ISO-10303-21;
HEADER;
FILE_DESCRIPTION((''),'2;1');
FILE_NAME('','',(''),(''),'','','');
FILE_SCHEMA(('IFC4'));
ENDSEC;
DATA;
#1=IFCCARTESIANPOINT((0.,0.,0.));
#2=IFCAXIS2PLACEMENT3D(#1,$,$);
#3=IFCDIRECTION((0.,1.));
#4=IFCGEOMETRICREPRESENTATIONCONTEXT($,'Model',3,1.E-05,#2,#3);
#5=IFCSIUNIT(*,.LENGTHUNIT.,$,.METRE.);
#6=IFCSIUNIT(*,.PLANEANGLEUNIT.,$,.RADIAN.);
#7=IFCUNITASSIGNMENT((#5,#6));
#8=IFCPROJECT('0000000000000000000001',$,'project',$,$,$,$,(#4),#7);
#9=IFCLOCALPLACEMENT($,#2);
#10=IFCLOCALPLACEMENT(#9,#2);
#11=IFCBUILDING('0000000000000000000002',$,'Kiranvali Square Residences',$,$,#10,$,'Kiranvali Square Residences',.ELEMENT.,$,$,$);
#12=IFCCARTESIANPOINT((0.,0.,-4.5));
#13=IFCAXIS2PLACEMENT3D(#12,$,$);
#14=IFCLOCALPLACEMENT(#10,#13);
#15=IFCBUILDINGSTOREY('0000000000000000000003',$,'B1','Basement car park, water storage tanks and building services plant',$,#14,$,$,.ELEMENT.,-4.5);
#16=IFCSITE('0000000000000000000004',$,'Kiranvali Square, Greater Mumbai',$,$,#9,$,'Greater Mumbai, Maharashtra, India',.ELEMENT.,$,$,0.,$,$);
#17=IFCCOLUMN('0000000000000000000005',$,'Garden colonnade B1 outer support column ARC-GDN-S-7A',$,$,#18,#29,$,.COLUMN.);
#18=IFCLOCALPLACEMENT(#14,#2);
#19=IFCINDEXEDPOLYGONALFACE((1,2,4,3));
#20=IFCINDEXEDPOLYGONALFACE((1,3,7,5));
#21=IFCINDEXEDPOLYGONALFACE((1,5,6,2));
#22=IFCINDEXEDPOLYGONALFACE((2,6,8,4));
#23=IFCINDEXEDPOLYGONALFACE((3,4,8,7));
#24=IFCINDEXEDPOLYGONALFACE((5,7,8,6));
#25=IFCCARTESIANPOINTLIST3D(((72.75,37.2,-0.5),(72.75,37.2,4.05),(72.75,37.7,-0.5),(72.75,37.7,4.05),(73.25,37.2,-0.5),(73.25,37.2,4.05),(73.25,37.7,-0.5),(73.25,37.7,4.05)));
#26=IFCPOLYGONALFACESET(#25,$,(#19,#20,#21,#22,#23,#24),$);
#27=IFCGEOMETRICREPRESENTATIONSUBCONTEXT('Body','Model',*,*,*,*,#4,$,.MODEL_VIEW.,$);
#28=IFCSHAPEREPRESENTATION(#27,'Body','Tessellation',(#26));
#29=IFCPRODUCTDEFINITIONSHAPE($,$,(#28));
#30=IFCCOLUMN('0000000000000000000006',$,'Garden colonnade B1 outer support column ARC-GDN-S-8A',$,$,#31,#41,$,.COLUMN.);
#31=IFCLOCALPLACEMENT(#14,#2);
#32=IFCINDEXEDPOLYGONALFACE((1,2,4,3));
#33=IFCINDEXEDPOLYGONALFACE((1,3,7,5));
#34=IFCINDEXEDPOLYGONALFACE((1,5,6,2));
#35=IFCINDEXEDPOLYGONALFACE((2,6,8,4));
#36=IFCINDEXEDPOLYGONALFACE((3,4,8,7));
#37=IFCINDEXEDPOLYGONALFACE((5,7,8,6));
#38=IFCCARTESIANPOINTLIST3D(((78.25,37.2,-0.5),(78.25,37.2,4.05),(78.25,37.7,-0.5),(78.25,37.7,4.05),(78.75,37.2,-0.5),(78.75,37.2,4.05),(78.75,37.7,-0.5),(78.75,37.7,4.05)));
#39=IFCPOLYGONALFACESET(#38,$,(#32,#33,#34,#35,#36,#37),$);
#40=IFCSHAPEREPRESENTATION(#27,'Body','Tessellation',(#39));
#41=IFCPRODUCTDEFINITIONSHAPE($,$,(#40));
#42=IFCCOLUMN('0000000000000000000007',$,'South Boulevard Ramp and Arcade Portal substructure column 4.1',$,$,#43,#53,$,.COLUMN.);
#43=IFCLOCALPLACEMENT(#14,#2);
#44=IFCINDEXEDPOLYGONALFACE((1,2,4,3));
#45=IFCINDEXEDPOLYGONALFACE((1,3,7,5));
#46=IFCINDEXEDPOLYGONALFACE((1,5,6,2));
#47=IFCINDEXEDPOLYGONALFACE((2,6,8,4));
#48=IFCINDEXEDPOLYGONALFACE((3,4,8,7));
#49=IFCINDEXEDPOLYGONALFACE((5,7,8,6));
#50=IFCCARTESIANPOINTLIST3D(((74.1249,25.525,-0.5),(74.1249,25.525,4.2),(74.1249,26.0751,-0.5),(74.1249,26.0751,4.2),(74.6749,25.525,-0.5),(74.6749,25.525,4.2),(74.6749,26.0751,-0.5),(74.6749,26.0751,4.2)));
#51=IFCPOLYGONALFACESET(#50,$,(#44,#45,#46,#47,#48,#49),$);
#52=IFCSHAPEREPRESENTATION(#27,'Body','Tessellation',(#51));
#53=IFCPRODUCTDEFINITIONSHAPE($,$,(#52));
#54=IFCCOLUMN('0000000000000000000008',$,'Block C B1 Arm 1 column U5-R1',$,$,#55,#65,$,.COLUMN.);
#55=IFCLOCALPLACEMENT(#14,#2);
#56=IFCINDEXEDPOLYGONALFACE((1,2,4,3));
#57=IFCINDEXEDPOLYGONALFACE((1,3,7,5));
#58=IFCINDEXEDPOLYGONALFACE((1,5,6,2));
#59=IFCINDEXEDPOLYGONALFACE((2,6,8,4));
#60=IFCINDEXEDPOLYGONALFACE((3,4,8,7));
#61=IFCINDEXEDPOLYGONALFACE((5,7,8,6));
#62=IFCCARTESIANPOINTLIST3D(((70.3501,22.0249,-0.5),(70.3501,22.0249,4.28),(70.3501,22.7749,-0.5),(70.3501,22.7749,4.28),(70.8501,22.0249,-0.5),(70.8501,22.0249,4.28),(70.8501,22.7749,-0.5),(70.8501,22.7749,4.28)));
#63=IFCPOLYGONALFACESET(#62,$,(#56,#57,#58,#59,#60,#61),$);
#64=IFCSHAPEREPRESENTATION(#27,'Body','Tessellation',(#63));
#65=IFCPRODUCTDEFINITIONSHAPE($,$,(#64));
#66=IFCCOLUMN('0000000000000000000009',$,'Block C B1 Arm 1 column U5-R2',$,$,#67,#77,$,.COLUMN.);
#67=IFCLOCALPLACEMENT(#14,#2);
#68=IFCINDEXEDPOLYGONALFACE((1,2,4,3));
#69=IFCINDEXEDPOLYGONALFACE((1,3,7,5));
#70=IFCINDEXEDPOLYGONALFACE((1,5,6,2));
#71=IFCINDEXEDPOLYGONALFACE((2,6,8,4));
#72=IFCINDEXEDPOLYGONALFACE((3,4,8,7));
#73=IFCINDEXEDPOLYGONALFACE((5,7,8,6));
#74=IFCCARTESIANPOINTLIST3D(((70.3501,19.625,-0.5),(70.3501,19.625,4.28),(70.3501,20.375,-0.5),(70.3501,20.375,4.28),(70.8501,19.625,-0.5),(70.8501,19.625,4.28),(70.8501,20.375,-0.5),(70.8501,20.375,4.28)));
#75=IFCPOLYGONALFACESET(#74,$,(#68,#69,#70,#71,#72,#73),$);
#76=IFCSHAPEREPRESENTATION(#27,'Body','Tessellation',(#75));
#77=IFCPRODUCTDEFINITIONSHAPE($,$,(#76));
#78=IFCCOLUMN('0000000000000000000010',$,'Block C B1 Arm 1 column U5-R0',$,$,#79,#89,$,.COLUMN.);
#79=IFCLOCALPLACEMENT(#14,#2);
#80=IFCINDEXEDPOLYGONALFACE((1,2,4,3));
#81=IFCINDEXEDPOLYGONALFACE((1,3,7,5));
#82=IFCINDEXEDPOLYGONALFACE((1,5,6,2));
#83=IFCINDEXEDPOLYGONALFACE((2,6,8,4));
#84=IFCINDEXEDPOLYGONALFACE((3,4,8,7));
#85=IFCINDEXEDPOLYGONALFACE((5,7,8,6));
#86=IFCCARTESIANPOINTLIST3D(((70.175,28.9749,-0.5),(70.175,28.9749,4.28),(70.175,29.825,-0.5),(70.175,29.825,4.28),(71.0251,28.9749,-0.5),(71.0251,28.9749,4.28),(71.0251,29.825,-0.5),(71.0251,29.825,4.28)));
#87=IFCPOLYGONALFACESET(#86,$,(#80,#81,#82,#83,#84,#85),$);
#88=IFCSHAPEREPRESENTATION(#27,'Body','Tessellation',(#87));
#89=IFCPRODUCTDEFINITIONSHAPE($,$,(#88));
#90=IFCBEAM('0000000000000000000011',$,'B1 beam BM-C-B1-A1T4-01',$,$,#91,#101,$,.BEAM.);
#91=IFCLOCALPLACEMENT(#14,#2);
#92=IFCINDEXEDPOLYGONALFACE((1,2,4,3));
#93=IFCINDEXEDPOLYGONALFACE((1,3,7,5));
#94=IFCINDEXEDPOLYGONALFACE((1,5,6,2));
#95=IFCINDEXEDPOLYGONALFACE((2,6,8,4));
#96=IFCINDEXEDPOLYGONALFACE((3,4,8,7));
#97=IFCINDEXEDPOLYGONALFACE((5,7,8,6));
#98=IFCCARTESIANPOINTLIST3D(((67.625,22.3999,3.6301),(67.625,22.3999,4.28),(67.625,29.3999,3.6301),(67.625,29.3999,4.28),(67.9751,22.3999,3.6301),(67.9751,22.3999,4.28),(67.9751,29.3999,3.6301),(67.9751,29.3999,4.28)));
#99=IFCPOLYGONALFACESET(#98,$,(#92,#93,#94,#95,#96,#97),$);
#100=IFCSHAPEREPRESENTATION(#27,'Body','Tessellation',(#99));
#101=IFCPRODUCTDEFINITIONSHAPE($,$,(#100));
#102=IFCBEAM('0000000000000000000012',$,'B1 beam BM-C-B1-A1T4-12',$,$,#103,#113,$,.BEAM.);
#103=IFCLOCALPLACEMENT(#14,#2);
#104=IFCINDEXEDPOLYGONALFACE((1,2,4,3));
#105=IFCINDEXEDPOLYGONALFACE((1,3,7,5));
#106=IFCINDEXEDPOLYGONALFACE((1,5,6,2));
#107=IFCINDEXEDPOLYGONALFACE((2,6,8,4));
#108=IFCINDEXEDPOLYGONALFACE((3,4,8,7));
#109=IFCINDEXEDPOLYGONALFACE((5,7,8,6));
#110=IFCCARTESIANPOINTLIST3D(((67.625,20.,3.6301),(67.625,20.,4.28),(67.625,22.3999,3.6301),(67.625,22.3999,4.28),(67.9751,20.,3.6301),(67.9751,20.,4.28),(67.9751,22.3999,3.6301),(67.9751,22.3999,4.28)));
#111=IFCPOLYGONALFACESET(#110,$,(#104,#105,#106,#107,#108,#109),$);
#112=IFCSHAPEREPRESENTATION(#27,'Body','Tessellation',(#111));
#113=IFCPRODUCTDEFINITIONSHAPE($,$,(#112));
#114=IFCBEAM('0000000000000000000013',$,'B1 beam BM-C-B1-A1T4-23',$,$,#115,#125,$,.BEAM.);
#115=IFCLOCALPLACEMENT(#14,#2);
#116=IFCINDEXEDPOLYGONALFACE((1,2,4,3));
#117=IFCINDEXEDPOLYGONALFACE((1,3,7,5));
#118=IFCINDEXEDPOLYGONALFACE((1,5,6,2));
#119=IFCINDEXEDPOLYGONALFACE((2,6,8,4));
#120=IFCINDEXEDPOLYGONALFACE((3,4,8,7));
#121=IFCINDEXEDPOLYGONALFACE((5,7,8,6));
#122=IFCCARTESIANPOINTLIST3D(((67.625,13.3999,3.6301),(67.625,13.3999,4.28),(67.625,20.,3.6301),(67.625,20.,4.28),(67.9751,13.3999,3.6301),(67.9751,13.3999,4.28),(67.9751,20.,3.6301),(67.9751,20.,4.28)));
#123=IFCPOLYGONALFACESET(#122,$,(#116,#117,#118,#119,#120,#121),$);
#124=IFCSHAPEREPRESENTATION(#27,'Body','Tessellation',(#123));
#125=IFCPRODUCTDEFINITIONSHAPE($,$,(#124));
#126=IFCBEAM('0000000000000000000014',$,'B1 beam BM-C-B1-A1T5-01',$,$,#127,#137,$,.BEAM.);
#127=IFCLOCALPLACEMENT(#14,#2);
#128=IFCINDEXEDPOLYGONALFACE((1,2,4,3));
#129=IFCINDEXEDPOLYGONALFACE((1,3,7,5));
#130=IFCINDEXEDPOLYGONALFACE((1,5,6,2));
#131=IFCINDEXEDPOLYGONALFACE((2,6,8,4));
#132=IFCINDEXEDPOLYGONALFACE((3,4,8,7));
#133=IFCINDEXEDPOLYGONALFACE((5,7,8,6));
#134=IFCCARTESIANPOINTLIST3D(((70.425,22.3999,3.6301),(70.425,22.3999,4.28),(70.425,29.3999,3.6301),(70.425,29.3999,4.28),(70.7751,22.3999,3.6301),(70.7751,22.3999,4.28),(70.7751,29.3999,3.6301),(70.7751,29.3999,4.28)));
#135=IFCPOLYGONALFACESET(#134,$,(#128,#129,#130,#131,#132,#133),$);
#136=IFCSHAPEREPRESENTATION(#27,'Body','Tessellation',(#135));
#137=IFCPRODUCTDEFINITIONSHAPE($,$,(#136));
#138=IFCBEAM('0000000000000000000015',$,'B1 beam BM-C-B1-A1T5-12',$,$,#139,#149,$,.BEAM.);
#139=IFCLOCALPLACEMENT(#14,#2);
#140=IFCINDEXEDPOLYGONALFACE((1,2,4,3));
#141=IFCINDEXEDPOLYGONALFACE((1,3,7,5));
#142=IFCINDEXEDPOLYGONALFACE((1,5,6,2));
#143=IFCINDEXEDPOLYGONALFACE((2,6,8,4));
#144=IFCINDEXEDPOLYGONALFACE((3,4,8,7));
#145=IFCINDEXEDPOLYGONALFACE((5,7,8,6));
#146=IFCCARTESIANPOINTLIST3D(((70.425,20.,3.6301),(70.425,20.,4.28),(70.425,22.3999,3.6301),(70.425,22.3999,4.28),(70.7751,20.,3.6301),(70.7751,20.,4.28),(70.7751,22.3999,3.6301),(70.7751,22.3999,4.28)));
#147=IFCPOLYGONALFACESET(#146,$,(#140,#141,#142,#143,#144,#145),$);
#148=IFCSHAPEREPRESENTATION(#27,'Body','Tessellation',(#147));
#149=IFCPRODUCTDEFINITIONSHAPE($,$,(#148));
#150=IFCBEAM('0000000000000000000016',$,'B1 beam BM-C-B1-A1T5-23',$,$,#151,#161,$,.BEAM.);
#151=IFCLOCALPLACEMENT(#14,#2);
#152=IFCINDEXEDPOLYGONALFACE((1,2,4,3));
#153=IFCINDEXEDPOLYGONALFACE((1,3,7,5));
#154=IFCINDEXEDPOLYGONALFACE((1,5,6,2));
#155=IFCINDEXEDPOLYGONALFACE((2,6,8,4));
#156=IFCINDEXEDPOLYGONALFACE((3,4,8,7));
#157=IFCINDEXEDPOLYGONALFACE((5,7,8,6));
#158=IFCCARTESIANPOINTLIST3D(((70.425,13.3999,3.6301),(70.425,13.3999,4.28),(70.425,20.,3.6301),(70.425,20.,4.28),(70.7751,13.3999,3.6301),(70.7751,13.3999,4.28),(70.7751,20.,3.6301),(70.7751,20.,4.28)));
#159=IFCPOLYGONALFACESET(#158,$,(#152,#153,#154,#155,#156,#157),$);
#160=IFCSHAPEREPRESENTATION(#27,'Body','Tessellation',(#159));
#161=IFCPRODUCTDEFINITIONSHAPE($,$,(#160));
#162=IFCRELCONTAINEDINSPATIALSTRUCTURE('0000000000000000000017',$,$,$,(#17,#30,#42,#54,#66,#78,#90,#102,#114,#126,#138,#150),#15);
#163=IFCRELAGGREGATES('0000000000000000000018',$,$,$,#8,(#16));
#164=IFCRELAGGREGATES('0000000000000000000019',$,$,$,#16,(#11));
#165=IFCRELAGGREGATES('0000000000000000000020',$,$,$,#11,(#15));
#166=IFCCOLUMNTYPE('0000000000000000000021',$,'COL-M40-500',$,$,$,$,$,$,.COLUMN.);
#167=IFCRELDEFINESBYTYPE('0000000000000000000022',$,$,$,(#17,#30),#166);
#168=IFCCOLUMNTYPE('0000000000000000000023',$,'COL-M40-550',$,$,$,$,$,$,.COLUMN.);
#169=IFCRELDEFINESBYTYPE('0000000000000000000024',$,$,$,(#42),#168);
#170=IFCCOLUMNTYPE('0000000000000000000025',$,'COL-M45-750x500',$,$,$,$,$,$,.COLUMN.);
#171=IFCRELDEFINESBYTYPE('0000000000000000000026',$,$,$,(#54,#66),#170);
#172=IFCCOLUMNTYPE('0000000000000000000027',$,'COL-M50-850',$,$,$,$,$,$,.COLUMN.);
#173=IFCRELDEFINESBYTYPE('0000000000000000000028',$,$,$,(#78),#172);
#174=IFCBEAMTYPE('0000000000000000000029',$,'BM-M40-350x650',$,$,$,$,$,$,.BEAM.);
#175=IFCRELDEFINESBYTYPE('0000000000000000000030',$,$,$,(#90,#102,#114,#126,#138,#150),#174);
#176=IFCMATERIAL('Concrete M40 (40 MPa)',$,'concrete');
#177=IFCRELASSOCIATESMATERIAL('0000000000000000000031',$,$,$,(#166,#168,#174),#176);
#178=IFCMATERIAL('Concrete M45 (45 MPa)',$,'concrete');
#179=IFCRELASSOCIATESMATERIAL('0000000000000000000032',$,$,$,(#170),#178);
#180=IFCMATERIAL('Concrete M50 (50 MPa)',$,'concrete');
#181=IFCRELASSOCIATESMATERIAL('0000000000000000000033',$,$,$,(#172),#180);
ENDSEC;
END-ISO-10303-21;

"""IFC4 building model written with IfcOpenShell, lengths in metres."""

from ifc_helpers import new_model, si_unit, direction, frame, origin, origin_2d, place, context, subcontext, project, spatial, rectangle, extrude, material, material_profile, profile_set, type_object, element, save


model = new_model("IFC4")

# Units and contexts
model_context = context("Model", 3, precision=1e-05, world=origin(), true_north=direction((0.0, 1.0)))
body_context = subcontext(model_context, "Body", "Model", "MODEL_VIEW")
ifc_project = project(units=[si_unit("LENGTHUNIT", "METRE"), si_unit("PLANEANGLEUNIT", "RADIAN")], contexts=[model_context])

# Site, building, storey
site_placement = place(None, origin())
site = spatial("IfcSite", under=ifc_project, at=site_placement, Name="Kiranvali Square, Greater Mumbai", LongName="Greater Mumbai, Maharashtra, India", CompositionType="ELEMENT", RefElevation=0.0)
building_placement = place(site_placement, origin())
building = spatial("IfcBuilding", under=site, at=building_placement, Name="Kiranvali Square Residences", LongName="Kiranvali Square Residences", CompositionType="ELEMENT")
storey_placement = place(building_placement, frame((0.0, 0.0, -4.5)))
storey = spatial("IfcBuildingStorey", under=building, at=storey_placement, Name="B1", Description="Basement car park, water storage tanks and building services plant", CompositionType="ELEMENT", Elevation=-4.5)

# Shared definitions
ifc_material_1 = material(Name="Concrete M40 (40 MPa)", Category="concrete")

# Columns
ifc_material_profile_1 = material_profile(ifc_material_1, rectangle(XDim=0.5, YDim=0.5, at=origin_2d()), Name="RC 500x500")
ifc_profile_set_1 = profile_set([ifc_material_profile_1], Name="Concrete M40 (40 MPa)")
column_type_1 = type_object("IfcColumnType", Name="COL-M40-500", PredefinedType="COLUMN", material=ifc_profile_set_1)
for number, where, z_axis, x_axis, name in (
    (1, (73.0, 37.45, -0.5), (0.0, 0.0, 1.0), (1.0, 0.0, 0.0), "Garden colonnade B1 outer support column ARC-GDN-S-7A"),
    (2, (78.5, 37.45, -0.5), (0.0, 0.0, 1.0), (1.0, 0.0, 0.0), "Garden colonnade B1 outer support column ARC-GDN-S-8A"),
):
    element("IfcColumn", number, at=place(storey_placement, frame(where, z_axis=z_axis, x_axis=x_axis)), inside=storey, type_object=column_type_1, Name=name, PredefinedType="COLUMN", context=body_context, shape_type="SweptSolid", body=[
        extrude(rectangle(XDim=0.5, YDim=0.5, at=origin_2d()), origin(), (0.0, 0.0, 1.0), 4.55),
    ])
ifc_material_profile_2 = material_profile(ifc_material_1, rectangle(XDim=0.55, YDim=0.55, at=origin_2d()), Name="RC 550x550")
ifc_profile_set_2 = profile_set([ifc_material_profile_2], Name="Concrete M40 (40 MPa)")
column_type_2 = type_object("IfcColumnType", Name="COL-M40-550", PredefinedType="COLUMN", material=ifc_profile_set_2)
column_1_placement = place(storey_placement, frame((74.3999, 25.8, -0.5), z_axis=(0.0, 0.0, 1.0), x_axis=(1.0, 0.0, 0.0)))
element("IfcColumn", 3, at=column_1_placement, inside=storey, type_object=column_type_2, Name="South Boulevard Ramp and Arcade Portal substructure column 4.1", PredefinedType="COLUMN", context=body_context, shape_type="SweptSolid", body=[
    extrude(rectangle(XDim=0.55, YDim=0.55, at=origin_2d()), origin(), (0.0, 0.0, 1.0), 4.7),
])
ifc_material_2 = material(Name="Concrete M45 (45 MPa)", Category="concrete")
ifc_material_profile_3 = material_profile(ifc_material_2, rectangle(XDim=0.5, YDim=0.75, at=origin_2d()), Name="RC 750x500")
ifc_profile_set_3 = profile_set([ifc_material_profile_3], Name="Concrete M45 (45 MPa)")
column_type_3 = type_object("IfcColumnType", Name="COL-M45-750x500", PredefinedType="COLUMN", material=ifc_profile_set_3)
for number, where, z_axis, x_axis, name in (
    (4, (70.6001, 22.3999, -0.5), (0.0, 0.0, 1.0), (1.0, 0.0, 0.0), "Block C B1 Arm 1 column U5-R1"),
    (5, (70.6001, 20.0, -0.5), (0.0, 0.0, 1.0), (1.0, 0.0, 0.0), "Block C B1 Arm 1 column U5-R2"),
):
    element("IfcColumn", number, at=place(storey_placement, frame(where, z_axis=z_axis, x_axis=x_axis)), inside=storey, type_object=column_type_3, Name=name, PredefinedType="COLUMN", context=body_context, shape_type="SweptSolid", body=[
        extrude(rectangle(XDim=0.5, YDim=0.75, at=origin_2d()), origin(), (0.0, 0.0, 1.0), 4.78),
    ])
ifc_material_3 = material(Name="Concrete M50 (50 MPa)", Category="concrete")
ifc_material_profile_4 = material_profile(ifc_material_3, rectangle(XDim=0.8501, YDim=0.8501, at=origin_2d()), Name="RC 850x850")
ifc_profile_set_4 = profile_set([ifc_material_profile_4], Name="Concrete M50 (50 MPa)")
column_type_4 = type_object("IfcColumnType", Name="COL-M50-850", PredefinedType="COLUMN", material=ifc_profile_set_4)
column_2_placement = place(storey_placement, frame((70.6001, 29.3999, -0.5), z_axis=(0.0, 0.0, 1.0), x_axis=(1.0, 0.0, 0.0)))
element("IfcColumn", 6, at=column_2_placement, inside=storey, type_object=column_type_4, Name="Block C B1 Arm 1 column U5-R0", PredefinedType="COLUMN", context=body_context, shape_type="SweptSolid", body=[
    extrude(rectangle(XDim=0.8501, YDim=0.8501, at=origin_2d()), origin(), (0.0, 0.0, 1.0), 4.78),
])

# Beams
ifc_material_profile_5 = material_profile(ifc_material_1, rectangle(XDim=0.3501, YDim=0.6499, at=origin_2d()), Name="RC 350x650")
ifc_profile_set_5 = profile_set([ifc_material_profile_5], Name="Concrete M40 (40 MPa)")
beam_type = type_object("IfcBeamType", Name="BM-M40-350x650", PredefinedType="BEAM", material=ifc_profile_set_5)
beam_1_placement = place(storey_placement, frame((67.8, 29.3999, 3.9551), z_axis=(0.0, -1.0, 0.0), x_axis=(1.0, 0.0, 0.0)))
element("IfcBeam", 7, at=beam_1_placement, inside=storey, type_object=beam_type, Name="B1 beam BM-C-B1-A1T4-01", PredefinedType="BEAM", context=body_context, shape_type="SweptSolid", body=[
    extrude(rectangle(XDim=0.3501, YDim=0.6499, at=origin_2d()), origin(), (0.0, 0.0, 1.0), 7.0),
])
beam_2_placement = place(storey_placement, frame((67.8, 22.3999, 3.9551), z_axis=(0.0, -1.0, 0.0), x_axis=(1.0, 0.0, 0.0)))
element("IfcBeam", 8, at=beam_2_placement, inside=storey, type_object=beam_type, Name="B1 beam BM-C-B1-A1T4-12", PredefinedType="BEAM", context=body_context, shape_type="SweptSolid", body=[
    extrude(rectangle(XDim=0.3501, YDim=0.6499, at=origin_2d()), origin(), (0.0, 0.0, 1.0), 2.3999),
])
beam_3_placement = place(storey_placement, frame((67.8, 20.0, 3.9551), z_axis=(0.0, -1.0, 0.0), x_axis=(1.0, 0.0, 0.0)))
element("IfcBeam", 9, at=beam_3_placement, inside=storey, type_object=beam_type, Name="B1 beam BM-C-B1-A1T4-23", PredefinedType="BEAM", context=body_context, shape_type="SweptSolid", body=[
    extrude(rectangle(XDim=0.3501, YDim=0.6499, at=origin_2d()), origin(), (0.0, 0.0, 1.0), 6.6001),
])
beam_4_placement = place(storey_placement, frame((70.6001, 29.3999, 3.9551), z_axis=(0.0, -1.0, 0.0), x_axis=(1.0, 0.0, 0.0)))
element("IfcBeam", 10, at=beam_4_placement, inside=storey, type_object=beam_type, Name="B1 beam BM-C-B1-A1T5-01", PredefinedType="BEAM", context=body_context, shape_type="SweptSolid", body=[
    extrude(rectangle(XDim=0.3501, YDim=0.6499, at=origin_2d()), origin(), (0.0, 0.0, 1.0), 7.0),
])
beam_5_placement = place(storey_placement, frame((70.6001, 22.3999, 3.9551), z_axis=(0.0, -1.0, 0.0), x_axis=(1.0, 0.0, 0.0)))
element("IfcBeam", 11, at=beam_5_placement, inside=storey, type_object=beam_type, Name="B1 beam BM-C-B1-A1T5-12", PredefinedType="BEAM", context=body_context, shape_type="SweptSolid", body=[
    extrude(rectangle(XDim=0.3501, YDim=0.6499, at=origin_2d()), origin(), (0.0, 0.0, 1.0), 2.3999),
])
beam_6_placement = place(storey_placement, frame((70.6001, 20.0, 3.9551), z_axis=(0.0, -1.0, 0.0), x_axis=(1.0, 0.0, 0.0)))
element("IfcBeam", 12, at=beam_6_placement, inside=storey, type_object=beam_type, Name="B1 beam BM-C-B1-A1T5-23", PredefinedType="BEAM", context=body_context, shape_type="SweptSolid", body=[
    extrude(rectangle(XDim=0.3501, YDim=0.6499, at=origin_2d()), origin(), (0.0, 0.0, 1.0), 6.6001),
])

save(model, "model.ifc")
